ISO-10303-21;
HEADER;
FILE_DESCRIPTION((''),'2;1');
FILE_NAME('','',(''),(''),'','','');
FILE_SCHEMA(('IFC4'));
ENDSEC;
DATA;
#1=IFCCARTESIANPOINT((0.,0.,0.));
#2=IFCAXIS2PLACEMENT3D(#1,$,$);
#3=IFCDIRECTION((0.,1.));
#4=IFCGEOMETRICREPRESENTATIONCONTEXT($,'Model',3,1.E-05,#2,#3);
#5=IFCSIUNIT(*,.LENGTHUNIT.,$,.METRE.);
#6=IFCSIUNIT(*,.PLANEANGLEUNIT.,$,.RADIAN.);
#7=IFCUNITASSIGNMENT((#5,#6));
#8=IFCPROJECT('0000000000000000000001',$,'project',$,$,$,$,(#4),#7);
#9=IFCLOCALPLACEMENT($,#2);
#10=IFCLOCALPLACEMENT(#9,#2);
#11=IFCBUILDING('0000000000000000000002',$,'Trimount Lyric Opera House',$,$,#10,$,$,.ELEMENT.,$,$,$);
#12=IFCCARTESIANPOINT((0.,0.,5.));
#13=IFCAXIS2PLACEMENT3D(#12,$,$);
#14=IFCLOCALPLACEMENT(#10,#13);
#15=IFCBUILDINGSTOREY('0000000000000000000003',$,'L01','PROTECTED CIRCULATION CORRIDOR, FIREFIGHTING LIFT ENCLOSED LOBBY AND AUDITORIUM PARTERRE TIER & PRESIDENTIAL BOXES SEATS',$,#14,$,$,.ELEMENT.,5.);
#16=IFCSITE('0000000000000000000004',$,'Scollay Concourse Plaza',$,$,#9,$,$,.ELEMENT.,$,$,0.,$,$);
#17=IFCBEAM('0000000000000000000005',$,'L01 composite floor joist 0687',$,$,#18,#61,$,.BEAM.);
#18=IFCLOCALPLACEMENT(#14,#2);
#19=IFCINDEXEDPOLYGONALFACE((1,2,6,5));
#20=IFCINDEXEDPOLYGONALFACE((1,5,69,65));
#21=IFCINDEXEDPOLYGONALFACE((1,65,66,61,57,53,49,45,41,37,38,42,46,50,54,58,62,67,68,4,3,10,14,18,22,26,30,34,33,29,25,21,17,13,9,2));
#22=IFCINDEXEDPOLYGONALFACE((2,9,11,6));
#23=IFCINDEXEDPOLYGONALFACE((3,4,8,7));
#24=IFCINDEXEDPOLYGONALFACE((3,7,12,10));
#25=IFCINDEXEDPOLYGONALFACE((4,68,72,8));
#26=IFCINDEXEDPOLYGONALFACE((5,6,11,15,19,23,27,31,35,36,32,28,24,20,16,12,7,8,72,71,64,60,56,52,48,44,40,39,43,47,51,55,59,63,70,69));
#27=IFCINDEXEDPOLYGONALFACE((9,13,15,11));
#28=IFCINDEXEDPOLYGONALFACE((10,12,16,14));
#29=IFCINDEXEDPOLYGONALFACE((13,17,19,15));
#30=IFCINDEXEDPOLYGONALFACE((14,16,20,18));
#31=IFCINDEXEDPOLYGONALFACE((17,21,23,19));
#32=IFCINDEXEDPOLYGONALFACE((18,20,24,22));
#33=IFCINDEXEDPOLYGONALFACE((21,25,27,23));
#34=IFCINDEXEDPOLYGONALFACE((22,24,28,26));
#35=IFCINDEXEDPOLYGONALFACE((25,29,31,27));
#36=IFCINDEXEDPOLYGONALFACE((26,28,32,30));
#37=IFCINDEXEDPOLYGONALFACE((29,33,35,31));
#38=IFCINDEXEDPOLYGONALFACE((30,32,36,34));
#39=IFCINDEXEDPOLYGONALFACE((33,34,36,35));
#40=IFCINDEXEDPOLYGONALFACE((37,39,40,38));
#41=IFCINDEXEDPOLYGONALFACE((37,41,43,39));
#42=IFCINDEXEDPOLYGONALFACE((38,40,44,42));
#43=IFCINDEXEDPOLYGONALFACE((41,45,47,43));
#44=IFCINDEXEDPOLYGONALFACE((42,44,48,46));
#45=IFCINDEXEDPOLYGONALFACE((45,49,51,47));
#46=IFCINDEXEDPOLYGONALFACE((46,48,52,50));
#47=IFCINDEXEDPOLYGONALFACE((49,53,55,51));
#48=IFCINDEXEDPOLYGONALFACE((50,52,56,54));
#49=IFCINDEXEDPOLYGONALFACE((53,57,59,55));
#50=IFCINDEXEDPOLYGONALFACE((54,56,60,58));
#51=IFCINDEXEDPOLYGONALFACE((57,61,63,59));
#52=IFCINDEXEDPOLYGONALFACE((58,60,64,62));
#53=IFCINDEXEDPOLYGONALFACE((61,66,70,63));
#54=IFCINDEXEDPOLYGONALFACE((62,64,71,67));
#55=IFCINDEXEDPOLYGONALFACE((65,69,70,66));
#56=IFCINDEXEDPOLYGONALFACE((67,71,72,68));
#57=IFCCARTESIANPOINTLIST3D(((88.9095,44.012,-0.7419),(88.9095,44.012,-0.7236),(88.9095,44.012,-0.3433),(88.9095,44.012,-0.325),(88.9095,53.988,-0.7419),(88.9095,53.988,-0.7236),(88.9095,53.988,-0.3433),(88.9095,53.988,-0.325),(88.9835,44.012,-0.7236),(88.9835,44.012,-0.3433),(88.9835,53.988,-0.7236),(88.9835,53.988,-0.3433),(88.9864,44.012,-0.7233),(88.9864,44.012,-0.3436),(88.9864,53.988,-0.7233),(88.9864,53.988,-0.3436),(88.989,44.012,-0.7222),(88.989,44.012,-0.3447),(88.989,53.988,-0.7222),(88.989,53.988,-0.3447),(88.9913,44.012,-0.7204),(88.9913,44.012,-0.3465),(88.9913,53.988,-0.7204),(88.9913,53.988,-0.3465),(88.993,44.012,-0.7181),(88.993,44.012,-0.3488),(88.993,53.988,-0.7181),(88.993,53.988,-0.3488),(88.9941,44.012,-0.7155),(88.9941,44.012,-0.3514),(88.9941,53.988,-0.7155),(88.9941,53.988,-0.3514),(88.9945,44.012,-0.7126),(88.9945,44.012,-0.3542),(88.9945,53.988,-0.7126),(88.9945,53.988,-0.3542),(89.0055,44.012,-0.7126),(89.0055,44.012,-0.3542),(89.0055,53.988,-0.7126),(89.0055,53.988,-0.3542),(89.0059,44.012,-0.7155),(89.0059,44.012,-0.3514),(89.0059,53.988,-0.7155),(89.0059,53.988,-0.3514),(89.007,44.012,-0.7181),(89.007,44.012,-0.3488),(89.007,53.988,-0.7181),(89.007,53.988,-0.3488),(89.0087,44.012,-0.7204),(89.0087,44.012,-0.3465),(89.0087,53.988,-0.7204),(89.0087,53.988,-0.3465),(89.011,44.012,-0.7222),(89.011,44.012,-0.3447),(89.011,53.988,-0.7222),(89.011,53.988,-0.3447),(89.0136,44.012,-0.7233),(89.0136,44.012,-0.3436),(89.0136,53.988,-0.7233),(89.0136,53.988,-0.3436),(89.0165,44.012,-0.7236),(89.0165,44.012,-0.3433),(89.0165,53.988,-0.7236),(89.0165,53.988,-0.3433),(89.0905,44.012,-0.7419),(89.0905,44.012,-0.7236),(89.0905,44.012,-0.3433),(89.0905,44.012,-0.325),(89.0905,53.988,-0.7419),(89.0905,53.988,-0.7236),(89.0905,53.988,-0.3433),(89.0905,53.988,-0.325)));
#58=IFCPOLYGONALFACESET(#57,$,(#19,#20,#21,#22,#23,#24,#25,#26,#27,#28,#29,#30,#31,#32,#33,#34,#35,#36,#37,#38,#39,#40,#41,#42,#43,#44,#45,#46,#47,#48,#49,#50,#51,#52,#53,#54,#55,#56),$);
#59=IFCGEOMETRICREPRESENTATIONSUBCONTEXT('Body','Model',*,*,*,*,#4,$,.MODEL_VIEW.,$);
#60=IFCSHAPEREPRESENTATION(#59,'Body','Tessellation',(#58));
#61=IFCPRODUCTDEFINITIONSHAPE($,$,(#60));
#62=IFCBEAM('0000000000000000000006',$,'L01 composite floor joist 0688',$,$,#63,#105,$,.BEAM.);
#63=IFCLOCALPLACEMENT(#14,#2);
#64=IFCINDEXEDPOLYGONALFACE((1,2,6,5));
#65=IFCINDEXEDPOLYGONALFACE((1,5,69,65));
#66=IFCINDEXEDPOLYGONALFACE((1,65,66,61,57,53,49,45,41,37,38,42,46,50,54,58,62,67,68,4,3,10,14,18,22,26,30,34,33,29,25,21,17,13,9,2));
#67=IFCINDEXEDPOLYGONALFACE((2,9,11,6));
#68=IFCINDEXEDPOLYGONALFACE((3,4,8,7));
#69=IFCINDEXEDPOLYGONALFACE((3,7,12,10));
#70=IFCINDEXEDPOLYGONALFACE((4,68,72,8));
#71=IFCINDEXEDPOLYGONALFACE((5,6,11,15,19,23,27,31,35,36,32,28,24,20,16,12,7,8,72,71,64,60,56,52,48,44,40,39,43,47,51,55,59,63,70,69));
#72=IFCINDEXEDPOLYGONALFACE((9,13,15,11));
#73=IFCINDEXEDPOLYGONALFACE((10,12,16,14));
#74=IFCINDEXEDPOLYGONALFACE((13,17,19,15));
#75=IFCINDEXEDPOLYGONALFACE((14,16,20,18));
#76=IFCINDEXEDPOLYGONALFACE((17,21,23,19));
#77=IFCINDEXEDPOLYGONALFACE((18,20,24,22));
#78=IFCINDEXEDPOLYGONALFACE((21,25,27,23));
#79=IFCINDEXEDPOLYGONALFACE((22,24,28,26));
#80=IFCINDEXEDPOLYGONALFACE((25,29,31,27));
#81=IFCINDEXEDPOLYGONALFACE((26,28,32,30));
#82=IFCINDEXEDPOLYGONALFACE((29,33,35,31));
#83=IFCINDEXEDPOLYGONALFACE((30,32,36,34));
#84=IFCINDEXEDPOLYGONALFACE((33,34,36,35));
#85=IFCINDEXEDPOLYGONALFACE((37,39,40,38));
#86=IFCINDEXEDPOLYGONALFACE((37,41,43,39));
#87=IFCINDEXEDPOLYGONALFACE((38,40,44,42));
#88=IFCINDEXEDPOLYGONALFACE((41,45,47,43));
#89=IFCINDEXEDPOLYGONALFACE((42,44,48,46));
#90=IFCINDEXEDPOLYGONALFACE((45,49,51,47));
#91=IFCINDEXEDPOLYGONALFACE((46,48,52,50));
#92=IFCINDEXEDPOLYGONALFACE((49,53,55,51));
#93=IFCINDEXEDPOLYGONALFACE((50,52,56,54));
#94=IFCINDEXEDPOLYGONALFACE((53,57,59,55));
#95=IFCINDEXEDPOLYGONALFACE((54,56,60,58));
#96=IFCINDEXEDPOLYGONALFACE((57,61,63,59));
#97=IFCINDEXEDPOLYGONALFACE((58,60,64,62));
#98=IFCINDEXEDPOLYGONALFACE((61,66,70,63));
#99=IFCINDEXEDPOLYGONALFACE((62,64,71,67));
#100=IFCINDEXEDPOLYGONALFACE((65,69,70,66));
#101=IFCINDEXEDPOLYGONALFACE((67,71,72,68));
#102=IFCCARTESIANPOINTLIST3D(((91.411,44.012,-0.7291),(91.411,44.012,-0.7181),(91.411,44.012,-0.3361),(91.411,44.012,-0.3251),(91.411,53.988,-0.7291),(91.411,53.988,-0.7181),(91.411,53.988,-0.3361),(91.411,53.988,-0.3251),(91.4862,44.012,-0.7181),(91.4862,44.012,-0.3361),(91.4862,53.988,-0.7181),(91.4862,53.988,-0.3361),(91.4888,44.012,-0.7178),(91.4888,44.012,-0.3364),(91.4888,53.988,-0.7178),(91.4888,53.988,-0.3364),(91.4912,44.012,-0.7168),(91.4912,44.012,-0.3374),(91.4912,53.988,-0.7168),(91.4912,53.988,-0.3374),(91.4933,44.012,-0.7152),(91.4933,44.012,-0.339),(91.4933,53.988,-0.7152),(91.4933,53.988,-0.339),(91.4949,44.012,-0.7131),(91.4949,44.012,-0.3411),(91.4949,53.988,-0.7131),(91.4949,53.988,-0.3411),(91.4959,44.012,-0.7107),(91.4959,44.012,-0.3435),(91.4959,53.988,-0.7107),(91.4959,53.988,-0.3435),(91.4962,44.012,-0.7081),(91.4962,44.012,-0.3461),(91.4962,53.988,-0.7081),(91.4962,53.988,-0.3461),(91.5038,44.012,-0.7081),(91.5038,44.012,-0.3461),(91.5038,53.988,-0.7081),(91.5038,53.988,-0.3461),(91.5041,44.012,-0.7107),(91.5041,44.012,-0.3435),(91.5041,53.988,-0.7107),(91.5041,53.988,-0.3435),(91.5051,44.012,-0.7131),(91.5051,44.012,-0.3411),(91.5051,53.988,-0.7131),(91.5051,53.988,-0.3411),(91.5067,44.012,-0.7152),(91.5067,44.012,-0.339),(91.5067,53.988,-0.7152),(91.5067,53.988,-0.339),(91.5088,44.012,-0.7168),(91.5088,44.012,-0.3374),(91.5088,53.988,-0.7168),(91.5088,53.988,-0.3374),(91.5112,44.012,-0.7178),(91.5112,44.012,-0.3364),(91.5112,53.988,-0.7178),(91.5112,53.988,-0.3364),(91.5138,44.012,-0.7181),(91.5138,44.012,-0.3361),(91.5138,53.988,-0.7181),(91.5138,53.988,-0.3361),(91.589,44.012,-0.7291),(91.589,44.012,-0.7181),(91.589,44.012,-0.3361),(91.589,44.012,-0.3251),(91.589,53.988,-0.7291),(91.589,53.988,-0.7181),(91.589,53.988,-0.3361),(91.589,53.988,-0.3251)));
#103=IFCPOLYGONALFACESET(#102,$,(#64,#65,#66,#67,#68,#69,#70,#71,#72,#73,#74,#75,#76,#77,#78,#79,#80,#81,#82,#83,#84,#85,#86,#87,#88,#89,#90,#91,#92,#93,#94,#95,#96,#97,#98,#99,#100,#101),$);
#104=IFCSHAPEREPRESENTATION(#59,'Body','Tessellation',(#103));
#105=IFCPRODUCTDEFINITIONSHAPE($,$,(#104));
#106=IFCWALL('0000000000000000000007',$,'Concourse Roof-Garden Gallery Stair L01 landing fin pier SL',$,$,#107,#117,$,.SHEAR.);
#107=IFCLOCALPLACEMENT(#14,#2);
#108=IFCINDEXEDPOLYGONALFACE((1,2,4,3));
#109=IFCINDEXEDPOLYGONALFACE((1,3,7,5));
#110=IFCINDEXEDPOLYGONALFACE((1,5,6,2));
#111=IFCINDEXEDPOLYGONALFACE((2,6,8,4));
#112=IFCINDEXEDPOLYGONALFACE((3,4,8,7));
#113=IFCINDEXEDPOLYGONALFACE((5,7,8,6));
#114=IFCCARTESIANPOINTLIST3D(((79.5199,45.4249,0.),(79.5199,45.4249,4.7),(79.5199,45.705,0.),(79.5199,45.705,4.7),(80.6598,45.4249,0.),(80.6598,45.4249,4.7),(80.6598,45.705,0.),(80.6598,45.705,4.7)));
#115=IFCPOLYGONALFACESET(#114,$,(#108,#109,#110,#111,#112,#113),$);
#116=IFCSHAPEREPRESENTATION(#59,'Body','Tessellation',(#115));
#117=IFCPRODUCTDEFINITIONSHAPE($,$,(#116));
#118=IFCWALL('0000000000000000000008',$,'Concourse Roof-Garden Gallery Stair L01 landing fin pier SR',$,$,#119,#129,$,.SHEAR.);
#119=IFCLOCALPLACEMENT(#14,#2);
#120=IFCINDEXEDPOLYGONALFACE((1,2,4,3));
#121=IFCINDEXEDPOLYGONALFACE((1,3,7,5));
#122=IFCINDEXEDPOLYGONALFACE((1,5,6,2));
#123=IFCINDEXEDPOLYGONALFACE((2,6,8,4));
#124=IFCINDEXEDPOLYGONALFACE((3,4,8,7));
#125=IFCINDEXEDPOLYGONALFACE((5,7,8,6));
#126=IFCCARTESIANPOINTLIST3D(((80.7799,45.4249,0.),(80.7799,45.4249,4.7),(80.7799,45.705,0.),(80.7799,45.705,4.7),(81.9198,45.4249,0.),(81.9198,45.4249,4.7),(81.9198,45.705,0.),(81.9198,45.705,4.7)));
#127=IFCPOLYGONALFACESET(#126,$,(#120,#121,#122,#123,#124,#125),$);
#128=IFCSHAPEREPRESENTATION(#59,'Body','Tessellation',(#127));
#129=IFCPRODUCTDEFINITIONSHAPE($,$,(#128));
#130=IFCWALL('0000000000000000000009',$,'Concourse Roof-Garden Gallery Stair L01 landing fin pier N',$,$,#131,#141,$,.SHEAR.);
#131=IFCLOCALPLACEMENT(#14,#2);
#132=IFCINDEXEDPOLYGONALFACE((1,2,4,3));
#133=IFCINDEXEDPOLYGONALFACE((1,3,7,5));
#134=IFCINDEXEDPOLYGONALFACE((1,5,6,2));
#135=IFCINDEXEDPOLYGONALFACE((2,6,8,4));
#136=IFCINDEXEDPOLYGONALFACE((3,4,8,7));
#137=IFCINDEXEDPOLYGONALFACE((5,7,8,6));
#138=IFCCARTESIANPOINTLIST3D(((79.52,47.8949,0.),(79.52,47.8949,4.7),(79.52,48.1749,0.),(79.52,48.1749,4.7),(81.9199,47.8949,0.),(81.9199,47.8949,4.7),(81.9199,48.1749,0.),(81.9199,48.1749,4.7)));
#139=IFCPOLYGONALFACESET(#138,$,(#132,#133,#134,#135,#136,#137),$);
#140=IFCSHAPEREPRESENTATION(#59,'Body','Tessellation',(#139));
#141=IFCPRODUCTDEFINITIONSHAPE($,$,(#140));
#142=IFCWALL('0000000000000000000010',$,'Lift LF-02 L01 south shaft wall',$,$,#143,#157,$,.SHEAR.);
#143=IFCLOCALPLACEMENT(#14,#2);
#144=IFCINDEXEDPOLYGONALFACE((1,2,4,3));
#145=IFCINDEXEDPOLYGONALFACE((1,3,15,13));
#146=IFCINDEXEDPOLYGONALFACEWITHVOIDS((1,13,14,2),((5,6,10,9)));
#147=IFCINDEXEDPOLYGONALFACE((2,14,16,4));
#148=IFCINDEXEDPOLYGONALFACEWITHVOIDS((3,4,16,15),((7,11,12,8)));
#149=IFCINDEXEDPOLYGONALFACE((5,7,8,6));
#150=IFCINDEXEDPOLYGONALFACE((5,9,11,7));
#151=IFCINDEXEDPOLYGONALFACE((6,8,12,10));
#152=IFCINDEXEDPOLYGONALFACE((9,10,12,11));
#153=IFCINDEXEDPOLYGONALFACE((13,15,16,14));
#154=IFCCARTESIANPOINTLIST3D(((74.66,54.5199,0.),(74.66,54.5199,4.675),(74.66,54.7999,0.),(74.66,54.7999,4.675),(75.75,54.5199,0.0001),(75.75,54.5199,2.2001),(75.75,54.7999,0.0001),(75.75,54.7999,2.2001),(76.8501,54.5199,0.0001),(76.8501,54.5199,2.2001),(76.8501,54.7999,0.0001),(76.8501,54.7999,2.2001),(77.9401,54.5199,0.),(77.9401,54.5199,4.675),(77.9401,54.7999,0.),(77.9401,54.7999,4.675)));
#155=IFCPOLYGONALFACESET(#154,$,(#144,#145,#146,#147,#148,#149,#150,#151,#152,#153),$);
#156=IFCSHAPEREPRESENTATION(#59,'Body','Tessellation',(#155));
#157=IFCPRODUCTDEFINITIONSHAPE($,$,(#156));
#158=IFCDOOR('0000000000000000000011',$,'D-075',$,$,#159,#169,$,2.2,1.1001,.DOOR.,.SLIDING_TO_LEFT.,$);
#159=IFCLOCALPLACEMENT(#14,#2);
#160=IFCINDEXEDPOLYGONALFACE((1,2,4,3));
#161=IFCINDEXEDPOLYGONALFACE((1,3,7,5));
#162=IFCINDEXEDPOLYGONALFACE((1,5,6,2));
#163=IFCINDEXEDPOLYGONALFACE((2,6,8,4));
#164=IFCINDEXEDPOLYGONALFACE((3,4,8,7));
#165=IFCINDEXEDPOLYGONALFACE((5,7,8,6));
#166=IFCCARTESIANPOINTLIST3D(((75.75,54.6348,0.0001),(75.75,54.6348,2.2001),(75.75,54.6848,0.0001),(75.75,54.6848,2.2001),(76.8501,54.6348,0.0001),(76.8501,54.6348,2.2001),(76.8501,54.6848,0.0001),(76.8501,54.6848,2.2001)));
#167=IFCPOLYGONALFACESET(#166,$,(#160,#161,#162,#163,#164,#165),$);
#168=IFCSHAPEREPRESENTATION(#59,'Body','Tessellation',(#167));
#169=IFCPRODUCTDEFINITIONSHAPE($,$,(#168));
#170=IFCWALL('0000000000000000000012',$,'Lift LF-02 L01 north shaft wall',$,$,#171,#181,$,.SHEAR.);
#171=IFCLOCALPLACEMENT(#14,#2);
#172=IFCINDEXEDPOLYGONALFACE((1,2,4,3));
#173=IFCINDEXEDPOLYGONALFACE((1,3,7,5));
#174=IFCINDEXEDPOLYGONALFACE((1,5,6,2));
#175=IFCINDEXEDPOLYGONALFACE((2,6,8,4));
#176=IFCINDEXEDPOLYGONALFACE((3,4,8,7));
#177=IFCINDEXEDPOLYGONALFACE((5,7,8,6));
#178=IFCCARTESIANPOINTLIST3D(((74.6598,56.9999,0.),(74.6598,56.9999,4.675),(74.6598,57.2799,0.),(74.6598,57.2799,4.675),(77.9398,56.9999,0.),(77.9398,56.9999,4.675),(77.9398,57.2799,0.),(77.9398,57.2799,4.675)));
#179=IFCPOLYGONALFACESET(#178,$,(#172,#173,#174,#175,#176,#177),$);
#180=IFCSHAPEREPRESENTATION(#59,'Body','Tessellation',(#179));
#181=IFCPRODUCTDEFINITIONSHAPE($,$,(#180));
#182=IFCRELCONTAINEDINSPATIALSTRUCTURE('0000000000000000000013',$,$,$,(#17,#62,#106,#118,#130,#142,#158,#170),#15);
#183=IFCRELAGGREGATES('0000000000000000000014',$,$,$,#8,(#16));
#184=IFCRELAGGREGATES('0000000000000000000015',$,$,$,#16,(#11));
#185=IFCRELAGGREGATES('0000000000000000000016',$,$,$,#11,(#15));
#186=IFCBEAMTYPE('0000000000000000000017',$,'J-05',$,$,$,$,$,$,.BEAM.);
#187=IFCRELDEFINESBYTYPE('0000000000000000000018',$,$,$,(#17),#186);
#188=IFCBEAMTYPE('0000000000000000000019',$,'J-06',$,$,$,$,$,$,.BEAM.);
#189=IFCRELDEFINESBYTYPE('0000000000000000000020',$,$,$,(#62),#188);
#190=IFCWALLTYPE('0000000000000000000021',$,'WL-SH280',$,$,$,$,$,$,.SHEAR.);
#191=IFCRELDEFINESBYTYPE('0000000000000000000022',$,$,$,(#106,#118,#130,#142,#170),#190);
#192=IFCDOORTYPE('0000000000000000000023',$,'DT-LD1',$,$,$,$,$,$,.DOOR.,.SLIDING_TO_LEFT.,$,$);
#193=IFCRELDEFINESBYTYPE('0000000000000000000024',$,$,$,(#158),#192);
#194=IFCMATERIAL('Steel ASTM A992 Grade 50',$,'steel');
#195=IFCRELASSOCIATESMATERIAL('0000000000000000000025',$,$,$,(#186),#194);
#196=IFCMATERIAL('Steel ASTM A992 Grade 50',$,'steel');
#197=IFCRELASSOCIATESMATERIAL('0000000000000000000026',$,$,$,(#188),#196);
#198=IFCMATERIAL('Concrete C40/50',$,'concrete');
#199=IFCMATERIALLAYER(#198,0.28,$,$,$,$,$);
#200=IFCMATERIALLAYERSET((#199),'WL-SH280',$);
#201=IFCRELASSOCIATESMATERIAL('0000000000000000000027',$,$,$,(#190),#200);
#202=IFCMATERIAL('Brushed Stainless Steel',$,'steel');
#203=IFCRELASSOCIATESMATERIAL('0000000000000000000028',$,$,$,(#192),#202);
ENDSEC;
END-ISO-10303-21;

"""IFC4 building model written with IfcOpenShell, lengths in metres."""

from ifc_helpers import new_model, si_unit, direction, frame, frame_2d, origin, origin_2d, place, context, subcontext, project, spatial, rectangle, i_section, extrude, material, layer, layer_set, material_profile, profile_set, type_object, element, fill, save


model = new_model("IFC4")

# Units and contexts
model_context = context("Model", 3, precision=1e-05, world=origin(), true_north=direction((0.0, 1.0)))
body_context = subcontext(model_context, "Body", "Model", "MODEL_VIEW")
ifc_project = project(units=[si_unit("LENGTHUNIT", "METRE"), si_unit("PLANEANGLEUNIT", "RADIAN")], contexts=[model_context])

# Site, building, storey
site_placement = place(None, origin())
site = spatial("IfcSite", under=ifc_project, at=site_placement, Name="Scollay Concourse Plaza", CompositionType="ELEMENT", RefElevation=0.0)
building_placement = place(site_placement, origin())
building = spatial("IfcBuilding", under=site, at=building_placement, Name="Trimount Lyric Opera House", CompositionType="ELEMENT")
storey_placement = place(building_placement, frame((0.0, 0.0, 5.0)))
storey = spatial("IfcBuildingStorey", under=building, at=storey_placement, Name="L01", Description="PROTECTED CIRCULATION CORRIDOR, FIREFIGHTING LIFT ENCLOSED LOBBY AND AUDITORIUM PARTERRE TIER & PRESIDENTIAL BOXES SEATS", CompositionType="ELEMENT", Elevation=5.0)

# Beams
ifc_material_1 = material(Name="Steel ASTM A992 Grade 50", Category="steel")
ifc_material_profile_1 = material_profile(ifc_material_1, i_section(OverallWidth=0.1809, OverallDepth=0.417, WebThickness=0.011, FlangeThickness=0.0183, FilletRadius=0.011, at=origin_2d()), Name="W16X57")
ifc_profile_set_1 = profile_set([ifc_material_profile_1], Name="Steel ASTM A992 Grade 50")
beam_type_1 = type_object("IfcBeamType", Name="J-05", PredefinedType="BEAM", material=ifc_profile_set_1)
beam_1_placement = place(storey_placement, frame((89.0, 44.012, -0.5334), z_axis=(0.0, 1.0, 0.0), x_axis=(-1.0, 0.0, 0.0)))
element("IfcBeam", 1, at=beam_1_placement, inside=storey, type_object=beam_type_1, Name="L01 composite floor joist 0687", PredefinedType="BEAM", context=body_context, shape_type="SweptSolid", body=[
    extrude(i_section(OverallWidth=0.1809, OverallDepth=0.417, WebThickness=0.011, FlangeThickness=0.0183, FilletRadius=0.011, at=origin_2d()), origin(), (0.0, 0.0, 1.0), 9.9761),
])
ifc_material_2 = material(Name="Steel ASTM A992 Grade 50", Category="steel")
ifc_material_profile_2 = material_profile(ifc_material_2, i_section(OverallWidth=0.178, OverallDepth=0.4041, WebThickness=0.0076, FlangeThickness=0.011, FilletRadius=0.01, at=origin_2d()), Name="W16X36")
ifc_profile_set_2 = profile_set([ifc_material_profile_2], Name="Steel ASTM A992 Grade 50")
beam_type_2 = type_object("IfcBeamType", Name="J-06", PredefinedType="BEAM", material=ifc_profile_set_2)
beam_2_placement = place(storey_placement, frame((91.5, 44.012, -0.5271), z_axis=(0.0, 1.0, 0.0), x_axis=(-1.0, 0.0, 0.0)))
element("IfcBeam", 2, at=beam_2_placement, inside=storey, type_object=beam_type_2, Name="L01 composite floor joist 0688", PredefinedType="BEAM", context=body_context, shape_type="SweptSolid", body=[
    extrude(i_section(OverallWidth=0.178, OverallDepth=0.4041, WebThickness=0.0076, FlangeThickness=0.011, FilletRadius=0.01, at=origin_2d()), origin(), (0.0, 0.0, 1.0), 9.9761),
])

# Walls
ifc_material_3 = material(Name="Concrete C40/50", Category="concrete")
ifc_layer_1 = layer(ifc_material_3, 0.28)
ifc_layer_set_1 = layer_set([ifc_layer_1], Name="WL-SH280")
wall_type_1 = type_object("IfcWallType", Name="WL-SH280", PredefinedType="SHEAR", material=ifc_layer_set_1)
for number, where, z_axis, x_axis, name in (
    (3, (79.52, 45.5649, 0.0), (0.0, 0.0, 1.0), (1.0, 0.0, 0.0), "Concourse Roof-Garden Gallery Stair L01 landing fin pier SL"),
    (4, (80.78, 45.5649, 0.0), (0.0, 0.0, 1.0), (1.0, 0.0, 0.0), "Concourse Roof-Garden Gallery Stair L01 landing fin pier SR"),
):
    element("IfcWall", number, at=place(storey_placement, frame(where, z_axis=z_axis, x_axis=x_axis)), inside=storey, type_object=wall_type_1, Name=name, PredefinedType="SHEAR", context=body_context, shape_type="SweptSolid", body=[
        extrude(rectangle(XDim=1.1399, YDim=0.28, at=frame_2d((0.5698, 0.0))), origin(), (0.0, 0.0, 1.0), 4.7),
    ])
wall_1_placement = place(storey_placement, frame((79.52, 48.0349, 0.0), z_axis=(0.0, 0.0, 1.0), x_axis=(1.0, 0.0, 0.0)))
element("IfcWall", 5, at=wall_1_placement, inside=storey, type_object=wall_type_1, Name="Concourse Roof-Garden Gallery Stair L01 landing fin pier N", PredefinedType="SHEAR", context=body_context, shape_type="SweptSolid", body=[
    extrude(rectangle(XDim=2.3999, YDim=0.28, at=frame_2d((1.2, 0.0))), origin(), (0.0, 0.0, 1.0), 4.7),
])

# Wall, opening, door
wall_2_placement = place(storey_placement, frame((74.6599, 54.6599, 0.0), z_axis=(0.0, 0.0, 1.0), x_axis=(1.0, 0.0, 0.0)))
wall_2 = element("IfcWall", 6, at=wall_2_placement, inside=storey, type_object=wall_type_1, Name="Lift LF-02 L01 south shaft wall", PredefinedType="SHEAR", context=body_context, shape_type="SweptSolid", body=[
    extrude(rectangle(XDim=3.28, YDim=0.28, at=frame_2d((1.6401, 0.0))), origin(), (0.0, 0.0, 1.0), 4.675),
])
opening_1_placement = place(wall_2_placement, frame((1.0901, 0.0, 0.0)))
opening_1 = element("IfcOpeningElement", 7, at=opening_1_placement, cuts=wall_2, PredefinedType="OPENING", context=body_context, shape_type="SweptSolid", body=[
    extrude(rectangle(XDim=1.1001, YDim=2.2, at=frame_2d((0.55, 1.1001))), frame((0.0, 0.1499, 0.0), z_axis=(0.0, -1.0, 0.0), x_axis=(1.0, 0.0, 0.0)), (0.0, 0.0, 1.0), 0.3),
])
ifc_material_4 = material(Name="Brushed Stainless Steel", Category="steel")
door_type_1 = type_object("IfcDoorType", Name="DT-LD1", OperationType="SLIDING_TO_LEFT", PredefinedType="DOOR", material=ifc_material_4)
door_1_placement = place(opening_1_placement, origin())
door_1 = element("IfcDoor", 8, at=door_1_placement, inside=storey, type_object=door_type_1, Name="D-075", OperationType="SLIDING_TO_LEFT", OverallHeight=2.2, OverallWidth=1.1001, PredefinedType="DOOR", context=body_context, shape_type="SweptSolid", body=[
    extrude(rectangle(XDim=1.1001, YDim=2.2, at=frame_2d((0.55, 1.1001))), frame((0.0, 0.0249, 0.0), z_axis=(0.0, -1.0, 0.0), x_axis=(1.0, 0.0, 0.0)), (0.0, 0.0, 1.0), 0.05),
])
fill(opening_1, door_1)

# Wall
wall_3_placement = place(storey_placement, frame((77.9399, 57.1399, 0.0), z_axis=(0.0, 0.0, 1.0), x_axis=(-1.0, 0.0, 0.0)))
element("IfcWall", 9, at=wall_3_placement, inside=storey, type_object=wall_type_1, Name="Lift LF-02 L01 north shaft wall", PredefinedType="SHEAR", context=body_context, shape_type="SweptSolid", body=[
    extrude(rectangle(XDim=3.28, YDim=0.28, at=frame_2d((1.6401, 0.0))), origin(), (0.0, 0.0, 1.0), 4.675),
])

save(model, "model.ifc")
